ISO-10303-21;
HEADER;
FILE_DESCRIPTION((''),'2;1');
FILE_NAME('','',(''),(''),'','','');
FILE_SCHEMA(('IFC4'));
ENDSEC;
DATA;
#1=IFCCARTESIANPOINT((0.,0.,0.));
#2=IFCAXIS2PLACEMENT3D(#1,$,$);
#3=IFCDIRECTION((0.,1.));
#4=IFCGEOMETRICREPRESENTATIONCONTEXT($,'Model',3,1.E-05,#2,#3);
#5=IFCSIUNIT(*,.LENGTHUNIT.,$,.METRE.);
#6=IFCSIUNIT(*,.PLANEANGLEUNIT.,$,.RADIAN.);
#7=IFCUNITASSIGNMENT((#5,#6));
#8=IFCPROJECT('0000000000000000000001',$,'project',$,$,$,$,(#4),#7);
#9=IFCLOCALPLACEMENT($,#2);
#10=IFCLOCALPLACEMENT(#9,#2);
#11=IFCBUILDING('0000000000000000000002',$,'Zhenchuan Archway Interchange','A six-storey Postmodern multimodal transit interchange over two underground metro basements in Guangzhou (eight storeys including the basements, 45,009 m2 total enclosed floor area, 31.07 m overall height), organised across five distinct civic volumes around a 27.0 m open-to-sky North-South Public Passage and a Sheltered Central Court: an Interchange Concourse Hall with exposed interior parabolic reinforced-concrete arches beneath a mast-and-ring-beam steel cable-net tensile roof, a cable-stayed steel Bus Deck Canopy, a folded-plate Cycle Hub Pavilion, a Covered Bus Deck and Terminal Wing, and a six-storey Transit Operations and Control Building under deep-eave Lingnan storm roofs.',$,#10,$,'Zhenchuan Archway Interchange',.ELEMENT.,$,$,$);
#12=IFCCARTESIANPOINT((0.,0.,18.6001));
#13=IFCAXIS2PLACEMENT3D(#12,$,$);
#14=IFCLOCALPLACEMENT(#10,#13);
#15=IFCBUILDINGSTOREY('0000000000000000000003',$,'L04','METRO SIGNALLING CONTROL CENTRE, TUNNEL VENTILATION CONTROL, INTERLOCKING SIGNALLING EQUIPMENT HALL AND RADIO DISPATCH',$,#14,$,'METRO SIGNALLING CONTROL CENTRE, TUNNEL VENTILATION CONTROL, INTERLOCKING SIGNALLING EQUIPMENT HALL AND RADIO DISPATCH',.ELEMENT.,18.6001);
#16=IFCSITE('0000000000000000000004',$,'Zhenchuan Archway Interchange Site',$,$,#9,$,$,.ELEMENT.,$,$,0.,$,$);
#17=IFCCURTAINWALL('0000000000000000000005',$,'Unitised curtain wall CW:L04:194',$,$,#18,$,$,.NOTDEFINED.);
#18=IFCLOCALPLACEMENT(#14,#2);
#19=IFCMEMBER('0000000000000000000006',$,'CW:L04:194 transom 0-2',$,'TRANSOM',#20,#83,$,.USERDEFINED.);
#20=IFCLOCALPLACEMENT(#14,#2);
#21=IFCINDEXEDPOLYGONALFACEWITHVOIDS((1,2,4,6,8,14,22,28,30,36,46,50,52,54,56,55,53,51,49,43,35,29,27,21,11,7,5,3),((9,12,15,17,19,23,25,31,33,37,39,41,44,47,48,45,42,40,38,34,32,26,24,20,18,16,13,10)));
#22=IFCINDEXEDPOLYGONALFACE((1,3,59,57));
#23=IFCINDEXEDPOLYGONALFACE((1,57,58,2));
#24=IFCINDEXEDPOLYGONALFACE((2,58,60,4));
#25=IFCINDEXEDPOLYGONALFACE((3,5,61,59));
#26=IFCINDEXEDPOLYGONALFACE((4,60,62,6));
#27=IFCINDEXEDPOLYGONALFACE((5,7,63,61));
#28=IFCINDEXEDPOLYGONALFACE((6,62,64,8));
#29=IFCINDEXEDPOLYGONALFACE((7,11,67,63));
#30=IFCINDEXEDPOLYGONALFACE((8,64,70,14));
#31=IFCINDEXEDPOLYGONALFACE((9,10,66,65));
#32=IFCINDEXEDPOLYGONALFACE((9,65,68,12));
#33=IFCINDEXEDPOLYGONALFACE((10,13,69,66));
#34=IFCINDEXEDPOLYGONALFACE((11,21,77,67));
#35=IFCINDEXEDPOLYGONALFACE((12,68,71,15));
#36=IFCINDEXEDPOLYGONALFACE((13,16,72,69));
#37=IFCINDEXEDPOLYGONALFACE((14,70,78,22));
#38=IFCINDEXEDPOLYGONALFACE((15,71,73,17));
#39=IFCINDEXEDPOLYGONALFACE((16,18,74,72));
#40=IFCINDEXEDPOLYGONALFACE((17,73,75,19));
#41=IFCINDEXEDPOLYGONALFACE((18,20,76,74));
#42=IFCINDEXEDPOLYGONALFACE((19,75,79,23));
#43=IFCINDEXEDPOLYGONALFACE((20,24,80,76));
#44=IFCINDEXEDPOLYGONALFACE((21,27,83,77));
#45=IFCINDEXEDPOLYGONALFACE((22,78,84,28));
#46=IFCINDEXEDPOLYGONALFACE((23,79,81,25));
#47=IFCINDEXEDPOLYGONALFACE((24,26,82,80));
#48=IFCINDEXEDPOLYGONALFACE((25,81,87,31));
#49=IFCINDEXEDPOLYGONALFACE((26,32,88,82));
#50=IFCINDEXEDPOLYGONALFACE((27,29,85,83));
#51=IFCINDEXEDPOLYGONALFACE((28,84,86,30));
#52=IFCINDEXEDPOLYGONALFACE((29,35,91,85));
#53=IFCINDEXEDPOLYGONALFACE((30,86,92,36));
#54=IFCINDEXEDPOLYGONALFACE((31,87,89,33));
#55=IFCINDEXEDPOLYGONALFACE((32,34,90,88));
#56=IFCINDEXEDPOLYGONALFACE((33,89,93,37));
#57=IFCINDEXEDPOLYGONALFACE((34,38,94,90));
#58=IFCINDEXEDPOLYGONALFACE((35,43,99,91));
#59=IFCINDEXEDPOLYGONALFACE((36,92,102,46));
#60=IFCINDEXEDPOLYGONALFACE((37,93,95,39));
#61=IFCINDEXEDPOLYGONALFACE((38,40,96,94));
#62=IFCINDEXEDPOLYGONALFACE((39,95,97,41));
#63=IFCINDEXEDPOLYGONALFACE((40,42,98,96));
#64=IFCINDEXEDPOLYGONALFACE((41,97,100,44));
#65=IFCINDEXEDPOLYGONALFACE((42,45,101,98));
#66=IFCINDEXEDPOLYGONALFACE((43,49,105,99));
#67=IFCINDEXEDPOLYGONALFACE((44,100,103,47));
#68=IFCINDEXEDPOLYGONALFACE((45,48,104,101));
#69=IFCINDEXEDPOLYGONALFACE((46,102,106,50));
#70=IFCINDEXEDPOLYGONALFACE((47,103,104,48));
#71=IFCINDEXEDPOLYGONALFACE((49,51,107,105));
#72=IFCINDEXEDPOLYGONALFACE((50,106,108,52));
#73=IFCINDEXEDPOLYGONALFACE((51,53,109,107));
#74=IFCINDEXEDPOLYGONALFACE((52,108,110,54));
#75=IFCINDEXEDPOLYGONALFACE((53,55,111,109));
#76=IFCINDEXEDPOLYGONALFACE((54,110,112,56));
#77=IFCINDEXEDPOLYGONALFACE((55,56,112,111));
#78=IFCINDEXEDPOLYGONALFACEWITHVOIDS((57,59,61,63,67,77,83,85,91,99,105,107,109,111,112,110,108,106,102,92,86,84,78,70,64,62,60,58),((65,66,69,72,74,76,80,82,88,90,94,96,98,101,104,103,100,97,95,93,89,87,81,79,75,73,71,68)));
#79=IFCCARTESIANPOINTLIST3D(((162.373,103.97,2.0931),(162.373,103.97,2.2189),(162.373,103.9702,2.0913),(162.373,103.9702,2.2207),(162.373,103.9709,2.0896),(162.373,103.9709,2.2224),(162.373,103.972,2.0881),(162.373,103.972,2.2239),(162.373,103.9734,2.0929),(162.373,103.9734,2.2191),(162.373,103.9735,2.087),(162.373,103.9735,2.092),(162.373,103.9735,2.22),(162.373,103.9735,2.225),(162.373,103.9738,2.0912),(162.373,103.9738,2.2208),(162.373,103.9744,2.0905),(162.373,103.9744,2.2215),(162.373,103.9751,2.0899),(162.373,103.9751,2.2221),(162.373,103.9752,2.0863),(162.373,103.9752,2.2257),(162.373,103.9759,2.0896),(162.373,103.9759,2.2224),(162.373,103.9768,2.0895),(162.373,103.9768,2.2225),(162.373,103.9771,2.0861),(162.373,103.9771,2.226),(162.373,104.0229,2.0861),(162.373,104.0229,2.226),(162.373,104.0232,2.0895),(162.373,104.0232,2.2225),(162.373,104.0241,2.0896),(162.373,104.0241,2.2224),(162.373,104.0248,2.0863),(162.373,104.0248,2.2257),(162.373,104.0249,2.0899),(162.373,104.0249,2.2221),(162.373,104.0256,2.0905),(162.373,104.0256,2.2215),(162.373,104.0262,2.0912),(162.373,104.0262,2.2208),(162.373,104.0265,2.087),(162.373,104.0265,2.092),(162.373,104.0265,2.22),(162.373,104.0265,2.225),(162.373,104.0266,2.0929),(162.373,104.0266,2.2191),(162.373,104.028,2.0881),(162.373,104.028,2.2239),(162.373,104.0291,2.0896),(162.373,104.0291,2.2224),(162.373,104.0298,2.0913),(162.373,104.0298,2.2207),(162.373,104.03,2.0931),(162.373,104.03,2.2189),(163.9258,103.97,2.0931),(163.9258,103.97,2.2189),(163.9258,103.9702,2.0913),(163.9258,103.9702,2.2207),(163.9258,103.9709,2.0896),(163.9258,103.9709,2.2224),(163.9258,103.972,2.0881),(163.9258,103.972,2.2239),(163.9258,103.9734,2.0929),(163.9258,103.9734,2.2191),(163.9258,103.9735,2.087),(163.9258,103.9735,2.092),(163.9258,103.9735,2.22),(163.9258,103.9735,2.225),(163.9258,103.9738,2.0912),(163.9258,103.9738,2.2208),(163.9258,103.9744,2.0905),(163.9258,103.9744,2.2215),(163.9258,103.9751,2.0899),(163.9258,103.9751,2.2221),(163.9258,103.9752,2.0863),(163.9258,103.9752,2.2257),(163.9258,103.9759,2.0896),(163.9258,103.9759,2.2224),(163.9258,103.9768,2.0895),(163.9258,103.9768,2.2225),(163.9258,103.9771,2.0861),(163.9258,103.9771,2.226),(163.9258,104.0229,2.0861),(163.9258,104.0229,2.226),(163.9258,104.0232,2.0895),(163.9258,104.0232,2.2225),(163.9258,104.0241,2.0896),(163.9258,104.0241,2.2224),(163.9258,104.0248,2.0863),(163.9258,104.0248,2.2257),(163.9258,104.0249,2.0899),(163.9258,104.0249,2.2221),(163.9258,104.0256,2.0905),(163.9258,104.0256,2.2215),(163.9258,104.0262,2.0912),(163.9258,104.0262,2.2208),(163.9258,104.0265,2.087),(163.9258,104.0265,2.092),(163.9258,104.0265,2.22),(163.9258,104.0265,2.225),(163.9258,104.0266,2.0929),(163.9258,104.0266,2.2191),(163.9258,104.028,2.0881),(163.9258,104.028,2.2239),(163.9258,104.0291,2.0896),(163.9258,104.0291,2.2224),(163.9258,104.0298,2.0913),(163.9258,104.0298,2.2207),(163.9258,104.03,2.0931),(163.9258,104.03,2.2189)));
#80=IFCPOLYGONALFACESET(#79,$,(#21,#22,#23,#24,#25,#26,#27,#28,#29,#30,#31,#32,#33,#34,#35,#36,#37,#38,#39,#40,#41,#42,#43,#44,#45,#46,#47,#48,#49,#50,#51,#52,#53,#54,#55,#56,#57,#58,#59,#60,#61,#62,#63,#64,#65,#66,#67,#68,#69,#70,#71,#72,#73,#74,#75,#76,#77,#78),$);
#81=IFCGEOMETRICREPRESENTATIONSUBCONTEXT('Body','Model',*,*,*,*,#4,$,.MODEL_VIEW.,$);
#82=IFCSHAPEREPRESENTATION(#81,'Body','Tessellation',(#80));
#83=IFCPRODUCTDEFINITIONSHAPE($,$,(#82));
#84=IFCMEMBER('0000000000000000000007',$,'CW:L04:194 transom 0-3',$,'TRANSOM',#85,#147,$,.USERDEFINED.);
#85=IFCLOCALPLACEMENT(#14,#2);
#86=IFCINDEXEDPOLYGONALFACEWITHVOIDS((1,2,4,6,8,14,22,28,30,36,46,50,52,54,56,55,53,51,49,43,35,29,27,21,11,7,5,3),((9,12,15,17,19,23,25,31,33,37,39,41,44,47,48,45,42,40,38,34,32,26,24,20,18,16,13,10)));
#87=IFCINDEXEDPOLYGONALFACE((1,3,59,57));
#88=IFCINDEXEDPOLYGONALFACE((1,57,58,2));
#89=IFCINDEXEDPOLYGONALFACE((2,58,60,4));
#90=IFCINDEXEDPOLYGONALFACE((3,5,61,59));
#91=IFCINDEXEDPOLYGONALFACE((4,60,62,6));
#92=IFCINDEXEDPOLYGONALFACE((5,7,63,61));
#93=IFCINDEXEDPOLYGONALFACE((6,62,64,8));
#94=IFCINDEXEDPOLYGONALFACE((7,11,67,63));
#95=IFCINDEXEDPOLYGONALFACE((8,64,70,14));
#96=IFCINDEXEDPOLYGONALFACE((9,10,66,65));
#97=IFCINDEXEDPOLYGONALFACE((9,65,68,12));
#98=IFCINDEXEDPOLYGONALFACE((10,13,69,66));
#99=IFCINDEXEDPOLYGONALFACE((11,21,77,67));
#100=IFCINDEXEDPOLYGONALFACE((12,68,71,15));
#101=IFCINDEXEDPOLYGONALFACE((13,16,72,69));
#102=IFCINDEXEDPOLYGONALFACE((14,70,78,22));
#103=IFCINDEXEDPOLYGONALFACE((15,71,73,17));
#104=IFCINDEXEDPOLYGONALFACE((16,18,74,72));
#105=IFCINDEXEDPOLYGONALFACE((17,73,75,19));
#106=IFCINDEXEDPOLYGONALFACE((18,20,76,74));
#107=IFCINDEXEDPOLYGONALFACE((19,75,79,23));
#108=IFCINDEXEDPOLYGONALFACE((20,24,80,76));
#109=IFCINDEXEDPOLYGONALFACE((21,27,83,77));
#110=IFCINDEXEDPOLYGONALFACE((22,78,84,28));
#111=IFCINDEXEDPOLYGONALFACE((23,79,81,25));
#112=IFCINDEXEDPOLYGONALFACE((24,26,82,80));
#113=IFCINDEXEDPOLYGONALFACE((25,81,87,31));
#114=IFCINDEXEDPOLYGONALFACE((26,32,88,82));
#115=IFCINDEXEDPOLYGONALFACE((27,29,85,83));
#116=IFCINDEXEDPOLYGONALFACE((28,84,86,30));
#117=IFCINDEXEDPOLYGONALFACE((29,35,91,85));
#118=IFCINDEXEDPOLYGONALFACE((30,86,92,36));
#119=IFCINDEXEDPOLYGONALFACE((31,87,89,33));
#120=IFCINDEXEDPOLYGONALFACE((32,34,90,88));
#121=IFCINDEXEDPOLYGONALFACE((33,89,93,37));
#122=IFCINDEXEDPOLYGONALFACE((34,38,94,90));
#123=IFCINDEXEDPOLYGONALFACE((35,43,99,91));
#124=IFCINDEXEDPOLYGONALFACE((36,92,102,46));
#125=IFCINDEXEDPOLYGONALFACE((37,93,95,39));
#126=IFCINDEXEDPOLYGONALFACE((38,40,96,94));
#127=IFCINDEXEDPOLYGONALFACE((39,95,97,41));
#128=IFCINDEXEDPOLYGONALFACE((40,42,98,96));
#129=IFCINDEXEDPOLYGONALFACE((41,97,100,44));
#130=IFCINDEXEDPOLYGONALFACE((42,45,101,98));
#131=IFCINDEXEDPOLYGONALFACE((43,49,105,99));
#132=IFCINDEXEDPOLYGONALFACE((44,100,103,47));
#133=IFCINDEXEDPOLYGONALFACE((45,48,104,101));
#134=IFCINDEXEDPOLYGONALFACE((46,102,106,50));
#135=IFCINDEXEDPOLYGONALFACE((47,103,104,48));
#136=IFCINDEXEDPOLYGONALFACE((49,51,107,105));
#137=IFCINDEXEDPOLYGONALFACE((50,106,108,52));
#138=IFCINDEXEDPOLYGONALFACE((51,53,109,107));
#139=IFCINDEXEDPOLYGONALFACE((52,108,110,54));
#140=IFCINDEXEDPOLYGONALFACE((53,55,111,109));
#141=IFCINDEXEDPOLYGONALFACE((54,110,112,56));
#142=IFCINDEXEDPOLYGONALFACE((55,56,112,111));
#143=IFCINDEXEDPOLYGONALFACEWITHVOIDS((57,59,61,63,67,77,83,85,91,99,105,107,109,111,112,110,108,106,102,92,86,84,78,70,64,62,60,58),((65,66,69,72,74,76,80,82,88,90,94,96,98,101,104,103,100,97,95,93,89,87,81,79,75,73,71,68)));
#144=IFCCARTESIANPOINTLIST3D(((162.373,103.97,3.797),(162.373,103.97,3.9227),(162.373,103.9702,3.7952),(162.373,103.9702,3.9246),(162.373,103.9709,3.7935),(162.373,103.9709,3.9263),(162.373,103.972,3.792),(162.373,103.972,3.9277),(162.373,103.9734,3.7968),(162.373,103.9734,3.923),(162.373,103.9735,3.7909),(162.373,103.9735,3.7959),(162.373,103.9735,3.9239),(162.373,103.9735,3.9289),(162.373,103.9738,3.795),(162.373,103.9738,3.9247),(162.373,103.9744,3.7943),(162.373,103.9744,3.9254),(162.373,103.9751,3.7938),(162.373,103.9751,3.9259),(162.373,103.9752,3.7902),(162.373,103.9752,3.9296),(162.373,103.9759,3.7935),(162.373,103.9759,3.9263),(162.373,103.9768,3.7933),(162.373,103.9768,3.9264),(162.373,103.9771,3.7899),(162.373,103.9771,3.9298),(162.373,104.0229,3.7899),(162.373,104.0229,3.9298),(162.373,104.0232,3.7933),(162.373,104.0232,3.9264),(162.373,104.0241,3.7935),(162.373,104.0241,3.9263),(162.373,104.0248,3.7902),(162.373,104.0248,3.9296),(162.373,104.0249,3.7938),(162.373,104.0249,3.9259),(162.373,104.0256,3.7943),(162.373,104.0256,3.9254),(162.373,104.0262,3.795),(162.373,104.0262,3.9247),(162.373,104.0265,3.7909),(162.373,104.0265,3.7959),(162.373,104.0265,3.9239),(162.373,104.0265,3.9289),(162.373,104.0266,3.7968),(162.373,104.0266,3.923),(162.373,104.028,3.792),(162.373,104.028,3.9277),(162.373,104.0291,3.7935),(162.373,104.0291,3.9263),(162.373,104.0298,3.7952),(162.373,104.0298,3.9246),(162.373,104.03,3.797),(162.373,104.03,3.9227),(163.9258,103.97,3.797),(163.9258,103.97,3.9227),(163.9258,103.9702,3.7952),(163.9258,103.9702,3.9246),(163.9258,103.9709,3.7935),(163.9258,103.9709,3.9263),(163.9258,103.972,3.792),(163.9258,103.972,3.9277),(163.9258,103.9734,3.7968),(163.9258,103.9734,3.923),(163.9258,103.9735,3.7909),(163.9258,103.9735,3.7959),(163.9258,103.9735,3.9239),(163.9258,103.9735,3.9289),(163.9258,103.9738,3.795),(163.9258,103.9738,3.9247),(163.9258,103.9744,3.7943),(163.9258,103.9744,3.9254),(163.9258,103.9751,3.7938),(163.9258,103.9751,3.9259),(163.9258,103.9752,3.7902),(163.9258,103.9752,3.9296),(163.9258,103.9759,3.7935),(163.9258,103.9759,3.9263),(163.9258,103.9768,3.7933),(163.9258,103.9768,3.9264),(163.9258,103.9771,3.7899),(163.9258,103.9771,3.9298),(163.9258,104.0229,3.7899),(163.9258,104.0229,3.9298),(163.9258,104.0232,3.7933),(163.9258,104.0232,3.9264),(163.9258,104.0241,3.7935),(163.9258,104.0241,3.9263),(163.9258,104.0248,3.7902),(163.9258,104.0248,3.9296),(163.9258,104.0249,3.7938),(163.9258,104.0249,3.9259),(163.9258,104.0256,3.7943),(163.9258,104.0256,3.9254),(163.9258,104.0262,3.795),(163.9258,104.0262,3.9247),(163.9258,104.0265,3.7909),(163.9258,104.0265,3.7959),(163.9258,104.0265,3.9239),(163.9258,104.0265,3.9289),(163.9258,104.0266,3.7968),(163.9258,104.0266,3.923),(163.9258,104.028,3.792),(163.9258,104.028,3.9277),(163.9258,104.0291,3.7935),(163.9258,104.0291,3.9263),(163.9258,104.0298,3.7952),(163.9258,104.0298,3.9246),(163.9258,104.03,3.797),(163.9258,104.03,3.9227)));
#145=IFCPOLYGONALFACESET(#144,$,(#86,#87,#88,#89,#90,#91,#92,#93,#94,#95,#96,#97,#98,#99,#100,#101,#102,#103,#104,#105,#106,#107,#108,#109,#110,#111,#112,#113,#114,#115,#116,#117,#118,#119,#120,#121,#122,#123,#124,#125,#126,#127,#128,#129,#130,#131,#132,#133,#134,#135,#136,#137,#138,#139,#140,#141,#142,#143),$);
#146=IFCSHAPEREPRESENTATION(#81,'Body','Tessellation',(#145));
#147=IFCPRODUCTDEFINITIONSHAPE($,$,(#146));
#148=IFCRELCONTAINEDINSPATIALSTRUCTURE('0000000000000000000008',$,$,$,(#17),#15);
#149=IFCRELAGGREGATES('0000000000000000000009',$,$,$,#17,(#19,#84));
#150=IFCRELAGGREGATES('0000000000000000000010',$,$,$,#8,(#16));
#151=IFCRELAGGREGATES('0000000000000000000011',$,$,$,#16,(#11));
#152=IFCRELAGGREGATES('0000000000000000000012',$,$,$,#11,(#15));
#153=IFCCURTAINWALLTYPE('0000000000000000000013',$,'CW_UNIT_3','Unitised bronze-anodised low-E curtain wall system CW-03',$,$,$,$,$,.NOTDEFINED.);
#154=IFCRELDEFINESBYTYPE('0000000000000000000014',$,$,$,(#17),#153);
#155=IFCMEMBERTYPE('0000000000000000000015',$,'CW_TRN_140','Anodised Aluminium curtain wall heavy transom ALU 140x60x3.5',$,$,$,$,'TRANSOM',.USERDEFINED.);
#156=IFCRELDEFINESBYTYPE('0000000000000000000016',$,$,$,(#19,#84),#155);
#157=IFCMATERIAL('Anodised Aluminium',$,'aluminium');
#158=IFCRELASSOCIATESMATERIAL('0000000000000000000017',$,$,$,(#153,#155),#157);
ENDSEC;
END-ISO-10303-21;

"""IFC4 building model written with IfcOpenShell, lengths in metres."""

from ifc_helpers import new_model, si_unit, direction, frame, origin, origin_2d, place, context, subcontext, project, spatial, hollow_rectangle, extrude, material, material_profile, profile_set, type_object, element, aggregate, save


model = new_model("IFC4")

# Units and contexts
model_context = context("Model", 3, precision=1e-05, world=origin(), true_north=direction((0.0, 1.0)))
body_context = subcontext(model_context, "Body", "Model", "MODEL_VIEW")
ifc_project = project(units=[si_unit("LENGTHUNIT", "METRE"), si_unit("PLANEANGLEUNIT", "RADIAN")], contexts=[model_context])

# Site, building, storey
site_placement = place(None, origin())
site = spatial("IfcSite", under=ifc_project, at=site_placement, Name="Zhenchuan Archway Interchange Site", CompositionType="ELEMENT", RefElevation=0.0)
building_placement = place(site_placement, origin())
building = spatial("IfcBuilding", under=site, at=building_placement, Name="Zhenchuan Archway Interchange", Description="A six-storey Postmodern multimodal transit interchange over two underground metro basements in Guangzhou (eight storeys including the basements, 45,009 m2 total enclosed floor area, 31.07 m overall height), organised across five distinct civic volumes around a 27.0 m open-to-sky North-South Public Passage and a Sheltered Central Court: an Interchange Concourse Hall with exposed interior parabolic reinforced-concrete arches beneath a mast-and-ring-beam steel cable-net tensile roof, a cable-stayed steel Bus Deck Canopy, a folded-plate Cycle Hub Pavilion, a Covered Bus Deck and Terminal Wing, and a six-storey Transit Operations and Control Building under deep-eave Lingnan storm roofs.", LongName="Zhenchuan Archway Interchange", CompositionType="ELEMENT")
storey_placement = place(building_placement, frame((0.0, 0.0, 18.6001)))
storey = spatial("IfcBuildingStorey", under=building, at=storey_placement, Name="L04", Description="METRO SIGNALLING CONTROL CENTRE, TUNNEL VENTILATION CONTROL, INTERLOCKING SIGNALLING EQUIPMENT HALL AND RADIO DISPATCH", LongName="METRO SIGNALLING CONTROL CENTRE, TUNNEL VENTILATION CONTROL, INTERLOCKING SIGNALLING EQUIPMENT HALL AND RADIO DISPATCH", CompositionType="ELEMENT", Elevation=18.6001)

# Curtain wall, members
ifc_material_1 = material(Name="Anodised Aluminium", Category="aluminium")
curtain_wall_type = type_object("IfcCurtainWallType", Name="CW_UNIT_3", Description="Unitised bronze-anodised low-E curtain wall system CW-03", PredefinedType="NOTDEFINED", material=ifc_material_1)
curtain_wall_placement = place(storey_placement, origin())
curtain_wall = element("IfcCurtainWall", 1, at=curtain_wall_placement, inside=storey, type_object=curtain_wall_type, Name="Unitised curtain wall CW:L04:194", PredefinedType="NOTDEFINED")
ifc_material_profile_1 = material_profile(ifc_material_1, hollow_rectangle(XDim=0.0601, YDim=0.1399, WallThickness=0.0034, InnerFilletRadius=0.0034, OuterFilletRadius=0.0071, at=origin_2d()), Name="ALU 140x60x3.5")
ifc_profile_set_1 = profile_set([ifc_material_profile_1], Name="Anodised Aluminium")
member_type_1 = type_object("IfcMemberType", Name="CW_TRN_140", Description="Anodised Aluminium curtain wall heavy transom ALU 140x60x3.5", ElementType="TRANSOM", PredefinedType="USERDEFINED", material=ifc_profile_set_1)
member_1_placement = place(storey_placement, frame((162.373, 104.0, 2.156), z_axis=(1.0, 0.0, 0.0), x_axis=(0.0, 1.0, 0.0)))
member_1 = element("IfcMember", 2, at=member_1_placement, type_object=member_type_1, Name="CW:L04:194 transom 0-2", ObjectType="TRANSOM", PredefinedType="USERDEFINED", context=body_context, shape_type="SweptSolid", body=[
    extrude(hollow_rectangle(XDim=0.0601, YDim=0.1399, WallThickness=0.0034, InnerFilletRadius=0.0034, OuterFilletRadius=0.0071, at=origin_2d()), origin(), (0.0, 0.0, 1.0), 1.5527),
])
member_2_placement = place(storey_placement, frame((162.373, 104.0, 3.8599), z_axis=(1.0, 0.0, 0.0), x_axis=(0.0, 1.0, 0.0)))
member_2 = element("IfcMember", 3, at=member_2_placement, type_object=member_type_1, Name="CW:L04:194 transom 0-3", ObjectType="TRANSOM", PredefinedType="USERDEFINED", context=body_context, shape_type="SweptSolid", body=[
    extrude(hollow_rectangle(XDim=0.0601, YDim=0.1399, WallThickness=0.0034, InnerFilletRadius=0.0034, OuterFilletRadius=0.0071, at=origin_2d()), origin(), (0.0, 0.0, 1.0), 1.5527),
])

aggregate(curtain_wall, [member_1, member_2])

save(model, "model.ifc")
